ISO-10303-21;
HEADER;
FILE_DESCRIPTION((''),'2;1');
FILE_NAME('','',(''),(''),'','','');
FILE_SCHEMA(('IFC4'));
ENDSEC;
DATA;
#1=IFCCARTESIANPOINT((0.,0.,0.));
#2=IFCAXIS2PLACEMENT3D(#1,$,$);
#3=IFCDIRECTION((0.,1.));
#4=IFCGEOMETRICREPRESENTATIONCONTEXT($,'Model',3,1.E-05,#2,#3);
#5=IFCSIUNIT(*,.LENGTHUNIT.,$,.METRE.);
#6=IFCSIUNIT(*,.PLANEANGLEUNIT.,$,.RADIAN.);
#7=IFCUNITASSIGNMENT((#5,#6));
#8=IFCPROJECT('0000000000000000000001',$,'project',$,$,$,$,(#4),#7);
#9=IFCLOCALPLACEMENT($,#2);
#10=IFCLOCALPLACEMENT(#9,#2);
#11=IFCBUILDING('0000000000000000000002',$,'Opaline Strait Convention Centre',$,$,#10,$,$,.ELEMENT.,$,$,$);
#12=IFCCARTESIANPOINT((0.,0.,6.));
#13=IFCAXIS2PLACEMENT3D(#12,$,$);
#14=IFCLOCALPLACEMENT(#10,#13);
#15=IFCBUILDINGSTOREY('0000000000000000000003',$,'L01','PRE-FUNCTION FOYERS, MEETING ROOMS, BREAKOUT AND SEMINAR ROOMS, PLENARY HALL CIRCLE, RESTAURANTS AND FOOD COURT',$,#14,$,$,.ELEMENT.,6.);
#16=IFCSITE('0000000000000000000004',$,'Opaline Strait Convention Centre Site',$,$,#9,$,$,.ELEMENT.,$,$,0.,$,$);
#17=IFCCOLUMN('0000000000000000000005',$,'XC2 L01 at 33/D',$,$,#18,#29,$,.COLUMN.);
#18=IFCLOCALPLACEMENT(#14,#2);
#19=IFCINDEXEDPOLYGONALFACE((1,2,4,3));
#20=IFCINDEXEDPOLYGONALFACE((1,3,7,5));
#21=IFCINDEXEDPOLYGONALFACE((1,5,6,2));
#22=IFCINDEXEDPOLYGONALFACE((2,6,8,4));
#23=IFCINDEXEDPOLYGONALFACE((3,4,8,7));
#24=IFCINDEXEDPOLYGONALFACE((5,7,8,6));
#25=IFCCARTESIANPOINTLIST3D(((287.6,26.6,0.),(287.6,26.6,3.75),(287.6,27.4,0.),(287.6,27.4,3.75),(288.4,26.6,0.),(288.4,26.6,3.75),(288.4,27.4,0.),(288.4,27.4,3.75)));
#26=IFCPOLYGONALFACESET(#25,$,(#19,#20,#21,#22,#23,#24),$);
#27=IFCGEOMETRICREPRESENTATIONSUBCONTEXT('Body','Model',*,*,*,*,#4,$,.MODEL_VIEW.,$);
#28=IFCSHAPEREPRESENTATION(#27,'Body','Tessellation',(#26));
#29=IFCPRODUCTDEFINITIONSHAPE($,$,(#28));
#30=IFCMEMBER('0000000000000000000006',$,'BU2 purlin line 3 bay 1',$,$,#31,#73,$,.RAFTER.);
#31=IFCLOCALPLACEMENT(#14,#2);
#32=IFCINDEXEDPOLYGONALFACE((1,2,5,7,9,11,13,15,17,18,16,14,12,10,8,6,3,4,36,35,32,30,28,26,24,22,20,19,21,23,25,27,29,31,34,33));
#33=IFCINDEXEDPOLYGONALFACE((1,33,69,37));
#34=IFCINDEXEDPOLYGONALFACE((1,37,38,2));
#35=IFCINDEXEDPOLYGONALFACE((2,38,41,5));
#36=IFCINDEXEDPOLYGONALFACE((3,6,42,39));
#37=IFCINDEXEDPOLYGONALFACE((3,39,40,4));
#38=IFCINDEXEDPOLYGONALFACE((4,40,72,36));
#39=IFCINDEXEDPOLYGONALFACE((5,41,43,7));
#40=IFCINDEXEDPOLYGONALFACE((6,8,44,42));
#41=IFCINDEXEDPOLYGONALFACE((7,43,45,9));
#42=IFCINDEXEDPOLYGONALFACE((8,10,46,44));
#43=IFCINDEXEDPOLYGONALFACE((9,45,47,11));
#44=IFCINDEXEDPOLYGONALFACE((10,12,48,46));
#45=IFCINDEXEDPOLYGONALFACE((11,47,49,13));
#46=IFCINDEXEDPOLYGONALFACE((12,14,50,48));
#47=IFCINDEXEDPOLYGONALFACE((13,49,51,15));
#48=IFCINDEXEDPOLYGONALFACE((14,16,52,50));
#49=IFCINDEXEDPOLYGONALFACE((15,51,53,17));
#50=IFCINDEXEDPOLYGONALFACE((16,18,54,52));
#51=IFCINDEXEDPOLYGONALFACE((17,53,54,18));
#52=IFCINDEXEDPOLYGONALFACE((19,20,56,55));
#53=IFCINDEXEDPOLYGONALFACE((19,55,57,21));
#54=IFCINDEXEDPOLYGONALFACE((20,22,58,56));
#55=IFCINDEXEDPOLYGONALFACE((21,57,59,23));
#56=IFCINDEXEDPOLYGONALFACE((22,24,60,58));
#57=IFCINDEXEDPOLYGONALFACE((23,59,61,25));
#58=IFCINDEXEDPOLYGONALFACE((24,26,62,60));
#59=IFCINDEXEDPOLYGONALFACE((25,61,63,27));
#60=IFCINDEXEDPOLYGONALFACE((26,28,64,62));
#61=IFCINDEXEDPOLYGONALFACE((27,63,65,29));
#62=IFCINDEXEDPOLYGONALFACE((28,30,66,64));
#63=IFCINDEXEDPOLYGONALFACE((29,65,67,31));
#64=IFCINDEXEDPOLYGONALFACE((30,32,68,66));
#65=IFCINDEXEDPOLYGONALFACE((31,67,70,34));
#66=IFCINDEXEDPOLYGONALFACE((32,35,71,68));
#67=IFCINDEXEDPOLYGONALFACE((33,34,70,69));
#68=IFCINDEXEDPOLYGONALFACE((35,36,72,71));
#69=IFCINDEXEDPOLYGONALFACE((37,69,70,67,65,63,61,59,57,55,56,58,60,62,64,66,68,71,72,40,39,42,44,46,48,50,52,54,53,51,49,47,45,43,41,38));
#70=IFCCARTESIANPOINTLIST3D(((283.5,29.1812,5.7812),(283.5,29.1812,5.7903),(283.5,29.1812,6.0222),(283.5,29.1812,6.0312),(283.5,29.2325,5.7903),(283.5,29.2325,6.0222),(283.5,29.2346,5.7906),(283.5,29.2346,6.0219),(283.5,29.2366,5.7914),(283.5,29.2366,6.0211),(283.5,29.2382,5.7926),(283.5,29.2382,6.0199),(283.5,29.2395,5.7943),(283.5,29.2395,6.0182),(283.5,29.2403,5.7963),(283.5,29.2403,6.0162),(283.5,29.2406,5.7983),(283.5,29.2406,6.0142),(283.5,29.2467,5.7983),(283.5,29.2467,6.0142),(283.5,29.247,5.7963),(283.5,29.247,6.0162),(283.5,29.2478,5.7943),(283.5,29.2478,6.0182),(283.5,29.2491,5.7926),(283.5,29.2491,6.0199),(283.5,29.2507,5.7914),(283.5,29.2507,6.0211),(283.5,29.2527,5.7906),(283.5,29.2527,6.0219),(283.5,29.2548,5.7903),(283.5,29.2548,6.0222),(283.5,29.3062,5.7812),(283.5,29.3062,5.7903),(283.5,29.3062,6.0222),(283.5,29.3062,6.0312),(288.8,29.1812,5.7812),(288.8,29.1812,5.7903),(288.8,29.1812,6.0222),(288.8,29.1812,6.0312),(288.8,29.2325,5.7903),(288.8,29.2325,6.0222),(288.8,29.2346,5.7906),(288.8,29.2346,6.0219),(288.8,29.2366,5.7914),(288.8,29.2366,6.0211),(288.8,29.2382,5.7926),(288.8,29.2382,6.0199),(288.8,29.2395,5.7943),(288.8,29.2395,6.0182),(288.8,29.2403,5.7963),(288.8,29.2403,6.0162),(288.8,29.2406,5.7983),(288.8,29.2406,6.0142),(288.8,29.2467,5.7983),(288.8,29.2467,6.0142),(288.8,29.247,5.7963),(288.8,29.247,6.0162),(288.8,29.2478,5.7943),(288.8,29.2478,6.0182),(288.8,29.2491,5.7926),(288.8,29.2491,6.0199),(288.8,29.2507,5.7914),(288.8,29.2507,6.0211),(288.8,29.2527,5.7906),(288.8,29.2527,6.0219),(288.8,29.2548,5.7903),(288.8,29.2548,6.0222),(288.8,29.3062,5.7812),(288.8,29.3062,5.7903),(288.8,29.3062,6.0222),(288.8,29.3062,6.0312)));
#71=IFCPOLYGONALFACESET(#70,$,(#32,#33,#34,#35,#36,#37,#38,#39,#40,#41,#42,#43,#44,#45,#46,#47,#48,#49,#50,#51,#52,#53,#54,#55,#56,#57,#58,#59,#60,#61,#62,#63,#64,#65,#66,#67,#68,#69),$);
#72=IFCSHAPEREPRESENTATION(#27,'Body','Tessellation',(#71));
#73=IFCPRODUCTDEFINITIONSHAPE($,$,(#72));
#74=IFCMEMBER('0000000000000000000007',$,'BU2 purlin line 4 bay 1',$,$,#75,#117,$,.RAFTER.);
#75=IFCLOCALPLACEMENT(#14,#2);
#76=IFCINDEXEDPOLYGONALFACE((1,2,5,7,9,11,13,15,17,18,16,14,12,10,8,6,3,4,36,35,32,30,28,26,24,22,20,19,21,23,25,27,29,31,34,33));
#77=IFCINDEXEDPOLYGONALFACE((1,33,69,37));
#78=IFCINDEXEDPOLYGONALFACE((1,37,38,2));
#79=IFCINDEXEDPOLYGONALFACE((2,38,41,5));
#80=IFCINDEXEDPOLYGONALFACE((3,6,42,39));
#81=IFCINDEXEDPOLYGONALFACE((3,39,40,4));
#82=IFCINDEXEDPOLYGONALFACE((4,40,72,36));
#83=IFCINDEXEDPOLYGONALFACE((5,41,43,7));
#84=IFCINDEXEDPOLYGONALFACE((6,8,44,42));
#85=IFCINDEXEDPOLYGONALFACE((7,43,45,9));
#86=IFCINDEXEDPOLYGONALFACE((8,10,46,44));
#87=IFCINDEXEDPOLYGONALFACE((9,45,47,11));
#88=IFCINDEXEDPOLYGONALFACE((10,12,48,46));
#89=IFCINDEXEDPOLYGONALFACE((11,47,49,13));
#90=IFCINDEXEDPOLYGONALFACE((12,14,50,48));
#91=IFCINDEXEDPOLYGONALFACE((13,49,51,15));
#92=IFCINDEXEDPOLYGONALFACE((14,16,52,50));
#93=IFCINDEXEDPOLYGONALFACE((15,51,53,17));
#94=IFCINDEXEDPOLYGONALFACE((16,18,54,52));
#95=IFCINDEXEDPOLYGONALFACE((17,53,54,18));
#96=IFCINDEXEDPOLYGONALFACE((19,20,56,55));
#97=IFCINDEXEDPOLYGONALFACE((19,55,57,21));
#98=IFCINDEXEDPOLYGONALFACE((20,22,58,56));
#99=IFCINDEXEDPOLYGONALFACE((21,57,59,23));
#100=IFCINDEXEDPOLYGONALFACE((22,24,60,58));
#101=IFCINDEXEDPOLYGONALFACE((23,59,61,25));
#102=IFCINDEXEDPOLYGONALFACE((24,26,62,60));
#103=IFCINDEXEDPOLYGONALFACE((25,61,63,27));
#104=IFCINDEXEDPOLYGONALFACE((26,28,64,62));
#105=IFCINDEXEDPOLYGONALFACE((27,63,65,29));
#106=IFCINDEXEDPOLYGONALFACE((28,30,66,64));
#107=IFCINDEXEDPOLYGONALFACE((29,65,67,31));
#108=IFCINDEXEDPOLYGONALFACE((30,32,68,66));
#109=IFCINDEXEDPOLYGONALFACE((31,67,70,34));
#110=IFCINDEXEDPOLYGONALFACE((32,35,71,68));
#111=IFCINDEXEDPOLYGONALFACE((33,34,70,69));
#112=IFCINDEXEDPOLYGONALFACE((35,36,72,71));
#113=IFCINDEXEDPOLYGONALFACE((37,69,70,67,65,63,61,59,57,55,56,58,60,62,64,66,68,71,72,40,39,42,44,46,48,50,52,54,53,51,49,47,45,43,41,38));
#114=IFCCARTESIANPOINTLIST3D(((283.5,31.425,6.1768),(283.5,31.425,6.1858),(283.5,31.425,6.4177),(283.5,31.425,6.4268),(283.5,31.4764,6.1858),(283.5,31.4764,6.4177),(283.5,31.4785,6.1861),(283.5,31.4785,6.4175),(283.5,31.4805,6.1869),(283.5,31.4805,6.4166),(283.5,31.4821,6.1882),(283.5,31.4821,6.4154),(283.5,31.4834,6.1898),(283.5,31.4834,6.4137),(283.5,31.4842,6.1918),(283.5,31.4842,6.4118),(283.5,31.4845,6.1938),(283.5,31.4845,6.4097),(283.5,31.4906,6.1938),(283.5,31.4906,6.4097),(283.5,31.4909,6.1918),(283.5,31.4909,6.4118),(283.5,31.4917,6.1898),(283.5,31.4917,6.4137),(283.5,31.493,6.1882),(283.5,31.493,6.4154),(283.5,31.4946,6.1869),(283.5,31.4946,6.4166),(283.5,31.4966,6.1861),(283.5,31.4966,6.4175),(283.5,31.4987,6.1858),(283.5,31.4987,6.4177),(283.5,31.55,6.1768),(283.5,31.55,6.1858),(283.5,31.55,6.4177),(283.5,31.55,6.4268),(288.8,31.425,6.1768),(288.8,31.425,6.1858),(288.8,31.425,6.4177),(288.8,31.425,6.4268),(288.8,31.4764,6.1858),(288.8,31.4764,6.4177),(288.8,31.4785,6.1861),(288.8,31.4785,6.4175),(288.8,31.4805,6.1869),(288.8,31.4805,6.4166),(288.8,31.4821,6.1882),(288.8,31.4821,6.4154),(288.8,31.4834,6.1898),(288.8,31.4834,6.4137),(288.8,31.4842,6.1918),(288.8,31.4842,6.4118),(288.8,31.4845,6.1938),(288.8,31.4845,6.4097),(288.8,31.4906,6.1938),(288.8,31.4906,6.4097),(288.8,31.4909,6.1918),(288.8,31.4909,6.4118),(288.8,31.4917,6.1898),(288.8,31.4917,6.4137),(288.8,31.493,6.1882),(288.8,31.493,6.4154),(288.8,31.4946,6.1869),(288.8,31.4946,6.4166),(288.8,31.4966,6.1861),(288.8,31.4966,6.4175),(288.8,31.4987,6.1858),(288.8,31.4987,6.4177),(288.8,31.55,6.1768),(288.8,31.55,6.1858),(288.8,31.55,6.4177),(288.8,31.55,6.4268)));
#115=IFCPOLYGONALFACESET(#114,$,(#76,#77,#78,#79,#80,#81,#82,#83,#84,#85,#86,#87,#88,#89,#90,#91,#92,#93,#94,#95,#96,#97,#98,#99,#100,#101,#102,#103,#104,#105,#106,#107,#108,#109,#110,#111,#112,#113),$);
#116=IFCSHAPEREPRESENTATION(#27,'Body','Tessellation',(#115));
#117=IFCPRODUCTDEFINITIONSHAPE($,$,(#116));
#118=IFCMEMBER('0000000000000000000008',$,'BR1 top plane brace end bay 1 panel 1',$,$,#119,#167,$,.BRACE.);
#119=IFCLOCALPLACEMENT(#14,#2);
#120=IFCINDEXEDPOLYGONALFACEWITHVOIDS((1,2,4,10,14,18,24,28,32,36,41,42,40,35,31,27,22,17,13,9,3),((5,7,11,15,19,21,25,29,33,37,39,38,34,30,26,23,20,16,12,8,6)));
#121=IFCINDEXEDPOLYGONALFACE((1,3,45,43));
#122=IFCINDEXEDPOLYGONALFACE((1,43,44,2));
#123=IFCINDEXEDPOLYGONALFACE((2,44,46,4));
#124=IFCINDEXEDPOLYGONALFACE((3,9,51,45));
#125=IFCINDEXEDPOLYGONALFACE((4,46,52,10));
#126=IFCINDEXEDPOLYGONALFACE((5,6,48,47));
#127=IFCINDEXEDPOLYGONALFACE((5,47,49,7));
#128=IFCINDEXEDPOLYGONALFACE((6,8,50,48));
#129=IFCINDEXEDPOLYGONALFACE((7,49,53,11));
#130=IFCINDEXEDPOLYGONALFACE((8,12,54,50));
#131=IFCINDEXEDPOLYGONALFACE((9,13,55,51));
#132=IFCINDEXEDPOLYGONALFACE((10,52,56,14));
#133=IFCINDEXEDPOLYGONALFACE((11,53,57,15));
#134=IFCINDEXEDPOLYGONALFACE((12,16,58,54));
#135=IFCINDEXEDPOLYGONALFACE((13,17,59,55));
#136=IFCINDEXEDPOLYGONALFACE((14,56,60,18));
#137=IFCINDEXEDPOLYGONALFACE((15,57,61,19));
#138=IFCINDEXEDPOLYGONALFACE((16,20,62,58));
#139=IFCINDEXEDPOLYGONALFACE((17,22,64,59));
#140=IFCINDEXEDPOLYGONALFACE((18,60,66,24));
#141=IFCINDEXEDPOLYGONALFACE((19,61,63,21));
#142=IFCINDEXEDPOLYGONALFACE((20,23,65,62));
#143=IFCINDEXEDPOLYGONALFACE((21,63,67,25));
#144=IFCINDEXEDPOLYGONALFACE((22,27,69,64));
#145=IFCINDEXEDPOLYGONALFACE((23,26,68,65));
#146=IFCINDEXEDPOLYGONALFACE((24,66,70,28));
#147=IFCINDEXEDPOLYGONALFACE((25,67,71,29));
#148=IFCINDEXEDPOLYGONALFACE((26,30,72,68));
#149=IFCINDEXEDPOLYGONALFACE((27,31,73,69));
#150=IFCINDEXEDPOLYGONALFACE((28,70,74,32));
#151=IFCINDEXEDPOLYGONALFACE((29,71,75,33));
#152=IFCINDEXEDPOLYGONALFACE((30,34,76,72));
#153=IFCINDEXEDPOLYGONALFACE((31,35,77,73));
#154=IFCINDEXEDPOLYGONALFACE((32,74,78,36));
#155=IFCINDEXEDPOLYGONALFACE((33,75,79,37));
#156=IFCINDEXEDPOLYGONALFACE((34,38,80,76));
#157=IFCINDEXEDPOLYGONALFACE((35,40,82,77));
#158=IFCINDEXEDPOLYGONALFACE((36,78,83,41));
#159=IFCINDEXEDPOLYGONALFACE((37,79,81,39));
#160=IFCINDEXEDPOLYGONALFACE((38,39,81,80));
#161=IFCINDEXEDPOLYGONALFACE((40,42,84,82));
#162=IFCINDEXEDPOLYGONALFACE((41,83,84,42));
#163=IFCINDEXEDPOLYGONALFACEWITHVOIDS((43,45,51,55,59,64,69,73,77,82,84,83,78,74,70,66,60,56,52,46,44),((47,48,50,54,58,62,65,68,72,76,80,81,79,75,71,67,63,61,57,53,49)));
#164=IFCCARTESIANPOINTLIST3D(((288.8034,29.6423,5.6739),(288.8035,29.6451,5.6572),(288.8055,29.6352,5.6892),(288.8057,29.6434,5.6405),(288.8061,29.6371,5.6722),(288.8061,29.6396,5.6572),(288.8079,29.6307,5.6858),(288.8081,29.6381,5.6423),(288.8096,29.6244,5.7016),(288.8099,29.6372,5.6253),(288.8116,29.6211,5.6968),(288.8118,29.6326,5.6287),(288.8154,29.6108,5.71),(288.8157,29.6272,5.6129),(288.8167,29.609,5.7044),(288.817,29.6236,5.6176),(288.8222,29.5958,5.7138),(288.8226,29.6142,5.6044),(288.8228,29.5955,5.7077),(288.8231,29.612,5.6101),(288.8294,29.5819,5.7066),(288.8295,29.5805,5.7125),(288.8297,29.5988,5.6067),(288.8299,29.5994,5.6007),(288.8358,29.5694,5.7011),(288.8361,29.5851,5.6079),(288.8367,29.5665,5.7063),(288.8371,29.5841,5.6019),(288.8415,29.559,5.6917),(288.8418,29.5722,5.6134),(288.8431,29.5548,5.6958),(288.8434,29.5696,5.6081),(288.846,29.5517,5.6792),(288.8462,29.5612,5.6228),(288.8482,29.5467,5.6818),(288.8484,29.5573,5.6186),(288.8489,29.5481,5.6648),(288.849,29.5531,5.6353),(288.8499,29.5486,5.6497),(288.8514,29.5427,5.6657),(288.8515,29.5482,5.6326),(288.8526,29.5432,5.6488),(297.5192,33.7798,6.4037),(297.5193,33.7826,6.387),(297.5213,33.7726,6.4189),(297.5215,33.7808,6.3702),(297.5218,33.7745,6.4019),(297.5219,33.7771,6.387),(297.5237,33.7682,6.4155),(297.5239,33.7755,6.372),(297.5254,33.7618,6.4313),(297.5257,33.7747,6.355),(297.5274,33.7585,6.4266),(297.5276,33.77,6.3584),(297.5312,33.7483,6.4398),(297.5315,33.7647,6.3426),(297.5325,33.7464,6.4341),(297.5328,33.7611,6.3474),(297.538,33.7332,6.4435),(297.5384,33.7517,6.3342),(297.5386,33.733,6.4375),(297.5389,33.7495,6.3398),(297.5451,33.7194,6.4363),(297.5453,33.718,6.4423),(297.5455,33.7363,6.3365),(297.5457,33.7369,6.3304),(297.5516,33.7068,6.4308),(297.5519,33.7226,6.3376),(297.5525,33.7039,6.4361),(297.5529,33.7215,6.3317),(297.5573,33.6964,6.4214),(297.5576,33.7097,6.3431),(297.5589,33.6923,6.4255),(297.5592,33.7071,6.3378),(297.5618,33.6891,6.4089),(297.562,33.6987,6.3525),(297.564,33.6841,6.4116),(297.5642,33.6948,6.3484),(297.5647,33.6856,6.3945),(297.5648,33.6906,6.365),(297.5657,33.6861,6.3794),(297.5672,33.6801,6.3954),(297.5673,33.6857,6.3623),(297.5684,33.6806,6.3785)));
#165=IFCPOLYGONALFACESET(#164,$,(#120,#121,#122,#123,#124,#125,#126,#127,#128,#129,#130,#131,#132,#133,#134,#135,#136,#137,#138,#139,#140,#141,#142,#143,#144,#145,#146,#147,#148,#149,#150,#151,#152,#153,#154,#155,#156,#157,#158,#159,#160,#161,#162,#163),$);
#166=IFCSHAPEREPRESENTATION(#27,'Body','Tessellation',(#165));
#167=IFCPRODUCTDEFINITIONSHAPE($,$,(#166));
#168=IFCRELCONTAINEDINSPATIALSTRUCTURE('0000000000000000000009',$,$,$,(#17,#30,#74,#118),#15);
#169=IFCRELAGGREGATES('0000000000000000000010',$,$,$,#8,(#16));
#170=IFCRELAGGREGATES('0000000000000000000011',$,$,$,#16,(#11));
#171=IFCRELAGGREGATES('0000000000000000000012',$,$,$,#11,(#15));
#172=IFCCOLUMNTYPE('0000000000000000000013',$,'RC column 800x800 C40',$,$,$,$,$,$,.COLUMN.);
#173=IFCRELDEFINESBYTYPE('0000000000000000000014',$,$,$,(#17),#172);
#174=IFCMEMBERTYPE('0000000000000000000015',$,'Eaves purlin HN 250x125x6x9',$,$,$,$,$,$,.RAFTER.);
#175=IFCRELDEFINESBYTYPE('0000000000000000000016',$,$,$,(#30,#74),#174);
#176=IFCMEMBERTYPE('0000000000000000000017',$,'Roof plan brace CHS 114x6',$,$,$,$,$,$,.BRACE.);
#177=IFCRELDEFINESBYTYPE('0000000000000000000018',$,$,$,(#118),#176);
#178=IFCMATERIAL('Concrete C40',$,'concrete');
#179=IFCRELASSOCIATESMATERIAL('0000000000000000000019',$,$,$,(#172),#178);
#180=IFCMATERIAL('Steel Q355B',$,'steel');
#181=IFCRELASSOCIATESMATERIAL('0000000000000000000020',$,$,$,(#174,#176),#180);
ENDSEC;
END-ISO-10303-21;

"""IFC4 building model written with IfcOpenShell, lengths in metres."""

from ifc_helpers import new_model, si_unit, direction, frame, origin, origin_2d, place, context, subcontext, project, spatial, rectangle, hollow_circle, i_section, extrude, material, material_profile, profile_set, type_object, element, save


model = new_model("IFC4")

# Units and contexts
model_context = context("Model", 3, precision=1e-05, world=origin(), true_north=direction((0.0, 1.0)))
body_context = subcontext(model_context, "Body", "Model", "MODEL_VIEW")
ifc_project = project(units=[si_unit("LENGTHUNIT", "METRE"), si_unit("PLANEANGLEUNIT", "RADIAN")], contexts=[model_context])

# Site, building, storey
site_placement = place(None, origin())
site = spatial("IfcSite", under=ifc_project, at=site_placement, Name="Opaline Strait Convention Centre Site", CompositionType="ELEMENT", RefElevation=0.0)
building_placement = place(site_placement, origin())
building = spatial("IfcBuilding", under=site, at=building_placement, Name="Opaline Strait Convention Centre", CompositionType="ELEMENT")
storey_placement = place(building_placement, frame((0.0, 0.0, 6.0)))
storey = spatial("IfcBuildingStorey", under=building, at=storey_placement, Name="L01", Description="PRE-FUNCTION FOYERS, MEETING ROOMS, BREAKOUT AND SEMINAR ROOMS, PLENARY HALL CIRCLE, RESTAURANTS AND FOOD COURT", CompositionType="ELEMENT", Elevation=6.0)

# Column
ifc_material_1 = material(Name="Concrete C40", Category="concrete")
ifc_material_profile_1 = material_profile(ifc_material_1, rectangle(XDim=0.8, YDim=0.8, at=origin_2d()), Name="RC 800x800")
ifc_profile_set_1 = profile_set([ifc_material_profile_1], Name="Concrete C40")
column_type = type_object("IfcColumnType", Name="RC column 800x800 C40", PredefinedType="COLUMN", material=ifc_profile_set_1)
column_placement = place(storey_placement, frame((288.0, 27.0, 0.0), z_axis=(0.0, 0.0, 1.0), x_axis=(1.0, 0.0, 0.0)))
element("IfcColumn", 1, at=column_placement, inside=storey, type_object=column_type, Name="XC2 L01 at 33/D", PredefinedType="COLUMN", context=body_context, shape_type="SweptSolid", body=[
    extrude(rectangle(XDim=0.8, YDim=0.8, at=origin_2d()), origin(), (0.0, 0.0, 1.0), 3.75),
])

# Members
ifc_material_2 = material(Name="Steel Q355B", Category="steel")
ifc_material_profile_2 = material_profile(ifc_material_2, i_section(OverallWidth=0.125, OverallDepth=0.25, WebThickness=0.0061, FlangeThickness=0.009, FilletRadius=0.0081, at=origin_2d()), Name="HN 250x125x6x9")
ifc_profile_set_2 = profile_set([ifc_material_profile_2], Name="Steel Q355B")
member_type_1 = type_object("IfcMemberType", Name="Eaves purlin HN 250x125x6x9", PredefinedType="RAFTER", material=ifc_profile_set_2)
for number, where, z_axis, x_axis, name in (
    (2, (283.5, 29.2437, 5.9062), (1.0, 0.0, 0.0), (0.0, 1.0, 0.0), "BU2 purlin line 3 bay 1"),
    (3, (283.5, 31.4875, 6.3018), (1.0, 0.0, 0.0), (0.0, 1.0, 0.0), "BU2 purlin line 4 bay 1"),
):
    element("IfcMember", number, at=place(storey_placement, frame(where, z_axis=z_axis, x_axis=x_axis)), inside=storey, type_object=member_type_1, Name=name, PredefinedType="RAFTER", context=body_context, shape_type="SweptSolid", body=[
        extrude(i_section(OverallWidth=0.125, OverallDepth=0.25, WebThickness=0.0061, FlangeThickness=0.009, FilletRadius=0.0081, at=origin_2d()), origin(), (0.0, 0.0, 1.0), 5.3),
    ])
ifc_material_profile_3 = material_profile(ifc_material_2, hollow_circle(Radius=0.0569, WallThickness=0.0061, at=origin_2d()), Name="CHS 114x6")
ifc_profile_set_3 = profile_set([ifc_material_profile_3], Name="Steel Q355B")
member_type_2 = type_object("IfcMemberType", Name="Roof plan brace CHS 114x6", PredefinedType="BRACE", material=ifc_profile_set_3)
member_1_placement = place(storey_placement, frame((288.8279, 29.5938, 5.6572), z_axis=(0.900807, 0.427619, 0.075421), x_axis=(-0.42884, 0.90338, 0.0)))
element("IfcMember", 4, at=member_1_placement, inside=storey, type_object=member_type_2, Name="BR1 top plane brace end bay 1 panel 1", PredefinedType="BRACE", context=body_context, shape_type="SweptSolid", body=[
    extrude(hollow_circle(Radius=0.0569, WallThickness=0.0061, at=origin_2d()), origin(), (0.0, 0.0, 1.0), 9.6755),
])

save(model, "model.ifc")
